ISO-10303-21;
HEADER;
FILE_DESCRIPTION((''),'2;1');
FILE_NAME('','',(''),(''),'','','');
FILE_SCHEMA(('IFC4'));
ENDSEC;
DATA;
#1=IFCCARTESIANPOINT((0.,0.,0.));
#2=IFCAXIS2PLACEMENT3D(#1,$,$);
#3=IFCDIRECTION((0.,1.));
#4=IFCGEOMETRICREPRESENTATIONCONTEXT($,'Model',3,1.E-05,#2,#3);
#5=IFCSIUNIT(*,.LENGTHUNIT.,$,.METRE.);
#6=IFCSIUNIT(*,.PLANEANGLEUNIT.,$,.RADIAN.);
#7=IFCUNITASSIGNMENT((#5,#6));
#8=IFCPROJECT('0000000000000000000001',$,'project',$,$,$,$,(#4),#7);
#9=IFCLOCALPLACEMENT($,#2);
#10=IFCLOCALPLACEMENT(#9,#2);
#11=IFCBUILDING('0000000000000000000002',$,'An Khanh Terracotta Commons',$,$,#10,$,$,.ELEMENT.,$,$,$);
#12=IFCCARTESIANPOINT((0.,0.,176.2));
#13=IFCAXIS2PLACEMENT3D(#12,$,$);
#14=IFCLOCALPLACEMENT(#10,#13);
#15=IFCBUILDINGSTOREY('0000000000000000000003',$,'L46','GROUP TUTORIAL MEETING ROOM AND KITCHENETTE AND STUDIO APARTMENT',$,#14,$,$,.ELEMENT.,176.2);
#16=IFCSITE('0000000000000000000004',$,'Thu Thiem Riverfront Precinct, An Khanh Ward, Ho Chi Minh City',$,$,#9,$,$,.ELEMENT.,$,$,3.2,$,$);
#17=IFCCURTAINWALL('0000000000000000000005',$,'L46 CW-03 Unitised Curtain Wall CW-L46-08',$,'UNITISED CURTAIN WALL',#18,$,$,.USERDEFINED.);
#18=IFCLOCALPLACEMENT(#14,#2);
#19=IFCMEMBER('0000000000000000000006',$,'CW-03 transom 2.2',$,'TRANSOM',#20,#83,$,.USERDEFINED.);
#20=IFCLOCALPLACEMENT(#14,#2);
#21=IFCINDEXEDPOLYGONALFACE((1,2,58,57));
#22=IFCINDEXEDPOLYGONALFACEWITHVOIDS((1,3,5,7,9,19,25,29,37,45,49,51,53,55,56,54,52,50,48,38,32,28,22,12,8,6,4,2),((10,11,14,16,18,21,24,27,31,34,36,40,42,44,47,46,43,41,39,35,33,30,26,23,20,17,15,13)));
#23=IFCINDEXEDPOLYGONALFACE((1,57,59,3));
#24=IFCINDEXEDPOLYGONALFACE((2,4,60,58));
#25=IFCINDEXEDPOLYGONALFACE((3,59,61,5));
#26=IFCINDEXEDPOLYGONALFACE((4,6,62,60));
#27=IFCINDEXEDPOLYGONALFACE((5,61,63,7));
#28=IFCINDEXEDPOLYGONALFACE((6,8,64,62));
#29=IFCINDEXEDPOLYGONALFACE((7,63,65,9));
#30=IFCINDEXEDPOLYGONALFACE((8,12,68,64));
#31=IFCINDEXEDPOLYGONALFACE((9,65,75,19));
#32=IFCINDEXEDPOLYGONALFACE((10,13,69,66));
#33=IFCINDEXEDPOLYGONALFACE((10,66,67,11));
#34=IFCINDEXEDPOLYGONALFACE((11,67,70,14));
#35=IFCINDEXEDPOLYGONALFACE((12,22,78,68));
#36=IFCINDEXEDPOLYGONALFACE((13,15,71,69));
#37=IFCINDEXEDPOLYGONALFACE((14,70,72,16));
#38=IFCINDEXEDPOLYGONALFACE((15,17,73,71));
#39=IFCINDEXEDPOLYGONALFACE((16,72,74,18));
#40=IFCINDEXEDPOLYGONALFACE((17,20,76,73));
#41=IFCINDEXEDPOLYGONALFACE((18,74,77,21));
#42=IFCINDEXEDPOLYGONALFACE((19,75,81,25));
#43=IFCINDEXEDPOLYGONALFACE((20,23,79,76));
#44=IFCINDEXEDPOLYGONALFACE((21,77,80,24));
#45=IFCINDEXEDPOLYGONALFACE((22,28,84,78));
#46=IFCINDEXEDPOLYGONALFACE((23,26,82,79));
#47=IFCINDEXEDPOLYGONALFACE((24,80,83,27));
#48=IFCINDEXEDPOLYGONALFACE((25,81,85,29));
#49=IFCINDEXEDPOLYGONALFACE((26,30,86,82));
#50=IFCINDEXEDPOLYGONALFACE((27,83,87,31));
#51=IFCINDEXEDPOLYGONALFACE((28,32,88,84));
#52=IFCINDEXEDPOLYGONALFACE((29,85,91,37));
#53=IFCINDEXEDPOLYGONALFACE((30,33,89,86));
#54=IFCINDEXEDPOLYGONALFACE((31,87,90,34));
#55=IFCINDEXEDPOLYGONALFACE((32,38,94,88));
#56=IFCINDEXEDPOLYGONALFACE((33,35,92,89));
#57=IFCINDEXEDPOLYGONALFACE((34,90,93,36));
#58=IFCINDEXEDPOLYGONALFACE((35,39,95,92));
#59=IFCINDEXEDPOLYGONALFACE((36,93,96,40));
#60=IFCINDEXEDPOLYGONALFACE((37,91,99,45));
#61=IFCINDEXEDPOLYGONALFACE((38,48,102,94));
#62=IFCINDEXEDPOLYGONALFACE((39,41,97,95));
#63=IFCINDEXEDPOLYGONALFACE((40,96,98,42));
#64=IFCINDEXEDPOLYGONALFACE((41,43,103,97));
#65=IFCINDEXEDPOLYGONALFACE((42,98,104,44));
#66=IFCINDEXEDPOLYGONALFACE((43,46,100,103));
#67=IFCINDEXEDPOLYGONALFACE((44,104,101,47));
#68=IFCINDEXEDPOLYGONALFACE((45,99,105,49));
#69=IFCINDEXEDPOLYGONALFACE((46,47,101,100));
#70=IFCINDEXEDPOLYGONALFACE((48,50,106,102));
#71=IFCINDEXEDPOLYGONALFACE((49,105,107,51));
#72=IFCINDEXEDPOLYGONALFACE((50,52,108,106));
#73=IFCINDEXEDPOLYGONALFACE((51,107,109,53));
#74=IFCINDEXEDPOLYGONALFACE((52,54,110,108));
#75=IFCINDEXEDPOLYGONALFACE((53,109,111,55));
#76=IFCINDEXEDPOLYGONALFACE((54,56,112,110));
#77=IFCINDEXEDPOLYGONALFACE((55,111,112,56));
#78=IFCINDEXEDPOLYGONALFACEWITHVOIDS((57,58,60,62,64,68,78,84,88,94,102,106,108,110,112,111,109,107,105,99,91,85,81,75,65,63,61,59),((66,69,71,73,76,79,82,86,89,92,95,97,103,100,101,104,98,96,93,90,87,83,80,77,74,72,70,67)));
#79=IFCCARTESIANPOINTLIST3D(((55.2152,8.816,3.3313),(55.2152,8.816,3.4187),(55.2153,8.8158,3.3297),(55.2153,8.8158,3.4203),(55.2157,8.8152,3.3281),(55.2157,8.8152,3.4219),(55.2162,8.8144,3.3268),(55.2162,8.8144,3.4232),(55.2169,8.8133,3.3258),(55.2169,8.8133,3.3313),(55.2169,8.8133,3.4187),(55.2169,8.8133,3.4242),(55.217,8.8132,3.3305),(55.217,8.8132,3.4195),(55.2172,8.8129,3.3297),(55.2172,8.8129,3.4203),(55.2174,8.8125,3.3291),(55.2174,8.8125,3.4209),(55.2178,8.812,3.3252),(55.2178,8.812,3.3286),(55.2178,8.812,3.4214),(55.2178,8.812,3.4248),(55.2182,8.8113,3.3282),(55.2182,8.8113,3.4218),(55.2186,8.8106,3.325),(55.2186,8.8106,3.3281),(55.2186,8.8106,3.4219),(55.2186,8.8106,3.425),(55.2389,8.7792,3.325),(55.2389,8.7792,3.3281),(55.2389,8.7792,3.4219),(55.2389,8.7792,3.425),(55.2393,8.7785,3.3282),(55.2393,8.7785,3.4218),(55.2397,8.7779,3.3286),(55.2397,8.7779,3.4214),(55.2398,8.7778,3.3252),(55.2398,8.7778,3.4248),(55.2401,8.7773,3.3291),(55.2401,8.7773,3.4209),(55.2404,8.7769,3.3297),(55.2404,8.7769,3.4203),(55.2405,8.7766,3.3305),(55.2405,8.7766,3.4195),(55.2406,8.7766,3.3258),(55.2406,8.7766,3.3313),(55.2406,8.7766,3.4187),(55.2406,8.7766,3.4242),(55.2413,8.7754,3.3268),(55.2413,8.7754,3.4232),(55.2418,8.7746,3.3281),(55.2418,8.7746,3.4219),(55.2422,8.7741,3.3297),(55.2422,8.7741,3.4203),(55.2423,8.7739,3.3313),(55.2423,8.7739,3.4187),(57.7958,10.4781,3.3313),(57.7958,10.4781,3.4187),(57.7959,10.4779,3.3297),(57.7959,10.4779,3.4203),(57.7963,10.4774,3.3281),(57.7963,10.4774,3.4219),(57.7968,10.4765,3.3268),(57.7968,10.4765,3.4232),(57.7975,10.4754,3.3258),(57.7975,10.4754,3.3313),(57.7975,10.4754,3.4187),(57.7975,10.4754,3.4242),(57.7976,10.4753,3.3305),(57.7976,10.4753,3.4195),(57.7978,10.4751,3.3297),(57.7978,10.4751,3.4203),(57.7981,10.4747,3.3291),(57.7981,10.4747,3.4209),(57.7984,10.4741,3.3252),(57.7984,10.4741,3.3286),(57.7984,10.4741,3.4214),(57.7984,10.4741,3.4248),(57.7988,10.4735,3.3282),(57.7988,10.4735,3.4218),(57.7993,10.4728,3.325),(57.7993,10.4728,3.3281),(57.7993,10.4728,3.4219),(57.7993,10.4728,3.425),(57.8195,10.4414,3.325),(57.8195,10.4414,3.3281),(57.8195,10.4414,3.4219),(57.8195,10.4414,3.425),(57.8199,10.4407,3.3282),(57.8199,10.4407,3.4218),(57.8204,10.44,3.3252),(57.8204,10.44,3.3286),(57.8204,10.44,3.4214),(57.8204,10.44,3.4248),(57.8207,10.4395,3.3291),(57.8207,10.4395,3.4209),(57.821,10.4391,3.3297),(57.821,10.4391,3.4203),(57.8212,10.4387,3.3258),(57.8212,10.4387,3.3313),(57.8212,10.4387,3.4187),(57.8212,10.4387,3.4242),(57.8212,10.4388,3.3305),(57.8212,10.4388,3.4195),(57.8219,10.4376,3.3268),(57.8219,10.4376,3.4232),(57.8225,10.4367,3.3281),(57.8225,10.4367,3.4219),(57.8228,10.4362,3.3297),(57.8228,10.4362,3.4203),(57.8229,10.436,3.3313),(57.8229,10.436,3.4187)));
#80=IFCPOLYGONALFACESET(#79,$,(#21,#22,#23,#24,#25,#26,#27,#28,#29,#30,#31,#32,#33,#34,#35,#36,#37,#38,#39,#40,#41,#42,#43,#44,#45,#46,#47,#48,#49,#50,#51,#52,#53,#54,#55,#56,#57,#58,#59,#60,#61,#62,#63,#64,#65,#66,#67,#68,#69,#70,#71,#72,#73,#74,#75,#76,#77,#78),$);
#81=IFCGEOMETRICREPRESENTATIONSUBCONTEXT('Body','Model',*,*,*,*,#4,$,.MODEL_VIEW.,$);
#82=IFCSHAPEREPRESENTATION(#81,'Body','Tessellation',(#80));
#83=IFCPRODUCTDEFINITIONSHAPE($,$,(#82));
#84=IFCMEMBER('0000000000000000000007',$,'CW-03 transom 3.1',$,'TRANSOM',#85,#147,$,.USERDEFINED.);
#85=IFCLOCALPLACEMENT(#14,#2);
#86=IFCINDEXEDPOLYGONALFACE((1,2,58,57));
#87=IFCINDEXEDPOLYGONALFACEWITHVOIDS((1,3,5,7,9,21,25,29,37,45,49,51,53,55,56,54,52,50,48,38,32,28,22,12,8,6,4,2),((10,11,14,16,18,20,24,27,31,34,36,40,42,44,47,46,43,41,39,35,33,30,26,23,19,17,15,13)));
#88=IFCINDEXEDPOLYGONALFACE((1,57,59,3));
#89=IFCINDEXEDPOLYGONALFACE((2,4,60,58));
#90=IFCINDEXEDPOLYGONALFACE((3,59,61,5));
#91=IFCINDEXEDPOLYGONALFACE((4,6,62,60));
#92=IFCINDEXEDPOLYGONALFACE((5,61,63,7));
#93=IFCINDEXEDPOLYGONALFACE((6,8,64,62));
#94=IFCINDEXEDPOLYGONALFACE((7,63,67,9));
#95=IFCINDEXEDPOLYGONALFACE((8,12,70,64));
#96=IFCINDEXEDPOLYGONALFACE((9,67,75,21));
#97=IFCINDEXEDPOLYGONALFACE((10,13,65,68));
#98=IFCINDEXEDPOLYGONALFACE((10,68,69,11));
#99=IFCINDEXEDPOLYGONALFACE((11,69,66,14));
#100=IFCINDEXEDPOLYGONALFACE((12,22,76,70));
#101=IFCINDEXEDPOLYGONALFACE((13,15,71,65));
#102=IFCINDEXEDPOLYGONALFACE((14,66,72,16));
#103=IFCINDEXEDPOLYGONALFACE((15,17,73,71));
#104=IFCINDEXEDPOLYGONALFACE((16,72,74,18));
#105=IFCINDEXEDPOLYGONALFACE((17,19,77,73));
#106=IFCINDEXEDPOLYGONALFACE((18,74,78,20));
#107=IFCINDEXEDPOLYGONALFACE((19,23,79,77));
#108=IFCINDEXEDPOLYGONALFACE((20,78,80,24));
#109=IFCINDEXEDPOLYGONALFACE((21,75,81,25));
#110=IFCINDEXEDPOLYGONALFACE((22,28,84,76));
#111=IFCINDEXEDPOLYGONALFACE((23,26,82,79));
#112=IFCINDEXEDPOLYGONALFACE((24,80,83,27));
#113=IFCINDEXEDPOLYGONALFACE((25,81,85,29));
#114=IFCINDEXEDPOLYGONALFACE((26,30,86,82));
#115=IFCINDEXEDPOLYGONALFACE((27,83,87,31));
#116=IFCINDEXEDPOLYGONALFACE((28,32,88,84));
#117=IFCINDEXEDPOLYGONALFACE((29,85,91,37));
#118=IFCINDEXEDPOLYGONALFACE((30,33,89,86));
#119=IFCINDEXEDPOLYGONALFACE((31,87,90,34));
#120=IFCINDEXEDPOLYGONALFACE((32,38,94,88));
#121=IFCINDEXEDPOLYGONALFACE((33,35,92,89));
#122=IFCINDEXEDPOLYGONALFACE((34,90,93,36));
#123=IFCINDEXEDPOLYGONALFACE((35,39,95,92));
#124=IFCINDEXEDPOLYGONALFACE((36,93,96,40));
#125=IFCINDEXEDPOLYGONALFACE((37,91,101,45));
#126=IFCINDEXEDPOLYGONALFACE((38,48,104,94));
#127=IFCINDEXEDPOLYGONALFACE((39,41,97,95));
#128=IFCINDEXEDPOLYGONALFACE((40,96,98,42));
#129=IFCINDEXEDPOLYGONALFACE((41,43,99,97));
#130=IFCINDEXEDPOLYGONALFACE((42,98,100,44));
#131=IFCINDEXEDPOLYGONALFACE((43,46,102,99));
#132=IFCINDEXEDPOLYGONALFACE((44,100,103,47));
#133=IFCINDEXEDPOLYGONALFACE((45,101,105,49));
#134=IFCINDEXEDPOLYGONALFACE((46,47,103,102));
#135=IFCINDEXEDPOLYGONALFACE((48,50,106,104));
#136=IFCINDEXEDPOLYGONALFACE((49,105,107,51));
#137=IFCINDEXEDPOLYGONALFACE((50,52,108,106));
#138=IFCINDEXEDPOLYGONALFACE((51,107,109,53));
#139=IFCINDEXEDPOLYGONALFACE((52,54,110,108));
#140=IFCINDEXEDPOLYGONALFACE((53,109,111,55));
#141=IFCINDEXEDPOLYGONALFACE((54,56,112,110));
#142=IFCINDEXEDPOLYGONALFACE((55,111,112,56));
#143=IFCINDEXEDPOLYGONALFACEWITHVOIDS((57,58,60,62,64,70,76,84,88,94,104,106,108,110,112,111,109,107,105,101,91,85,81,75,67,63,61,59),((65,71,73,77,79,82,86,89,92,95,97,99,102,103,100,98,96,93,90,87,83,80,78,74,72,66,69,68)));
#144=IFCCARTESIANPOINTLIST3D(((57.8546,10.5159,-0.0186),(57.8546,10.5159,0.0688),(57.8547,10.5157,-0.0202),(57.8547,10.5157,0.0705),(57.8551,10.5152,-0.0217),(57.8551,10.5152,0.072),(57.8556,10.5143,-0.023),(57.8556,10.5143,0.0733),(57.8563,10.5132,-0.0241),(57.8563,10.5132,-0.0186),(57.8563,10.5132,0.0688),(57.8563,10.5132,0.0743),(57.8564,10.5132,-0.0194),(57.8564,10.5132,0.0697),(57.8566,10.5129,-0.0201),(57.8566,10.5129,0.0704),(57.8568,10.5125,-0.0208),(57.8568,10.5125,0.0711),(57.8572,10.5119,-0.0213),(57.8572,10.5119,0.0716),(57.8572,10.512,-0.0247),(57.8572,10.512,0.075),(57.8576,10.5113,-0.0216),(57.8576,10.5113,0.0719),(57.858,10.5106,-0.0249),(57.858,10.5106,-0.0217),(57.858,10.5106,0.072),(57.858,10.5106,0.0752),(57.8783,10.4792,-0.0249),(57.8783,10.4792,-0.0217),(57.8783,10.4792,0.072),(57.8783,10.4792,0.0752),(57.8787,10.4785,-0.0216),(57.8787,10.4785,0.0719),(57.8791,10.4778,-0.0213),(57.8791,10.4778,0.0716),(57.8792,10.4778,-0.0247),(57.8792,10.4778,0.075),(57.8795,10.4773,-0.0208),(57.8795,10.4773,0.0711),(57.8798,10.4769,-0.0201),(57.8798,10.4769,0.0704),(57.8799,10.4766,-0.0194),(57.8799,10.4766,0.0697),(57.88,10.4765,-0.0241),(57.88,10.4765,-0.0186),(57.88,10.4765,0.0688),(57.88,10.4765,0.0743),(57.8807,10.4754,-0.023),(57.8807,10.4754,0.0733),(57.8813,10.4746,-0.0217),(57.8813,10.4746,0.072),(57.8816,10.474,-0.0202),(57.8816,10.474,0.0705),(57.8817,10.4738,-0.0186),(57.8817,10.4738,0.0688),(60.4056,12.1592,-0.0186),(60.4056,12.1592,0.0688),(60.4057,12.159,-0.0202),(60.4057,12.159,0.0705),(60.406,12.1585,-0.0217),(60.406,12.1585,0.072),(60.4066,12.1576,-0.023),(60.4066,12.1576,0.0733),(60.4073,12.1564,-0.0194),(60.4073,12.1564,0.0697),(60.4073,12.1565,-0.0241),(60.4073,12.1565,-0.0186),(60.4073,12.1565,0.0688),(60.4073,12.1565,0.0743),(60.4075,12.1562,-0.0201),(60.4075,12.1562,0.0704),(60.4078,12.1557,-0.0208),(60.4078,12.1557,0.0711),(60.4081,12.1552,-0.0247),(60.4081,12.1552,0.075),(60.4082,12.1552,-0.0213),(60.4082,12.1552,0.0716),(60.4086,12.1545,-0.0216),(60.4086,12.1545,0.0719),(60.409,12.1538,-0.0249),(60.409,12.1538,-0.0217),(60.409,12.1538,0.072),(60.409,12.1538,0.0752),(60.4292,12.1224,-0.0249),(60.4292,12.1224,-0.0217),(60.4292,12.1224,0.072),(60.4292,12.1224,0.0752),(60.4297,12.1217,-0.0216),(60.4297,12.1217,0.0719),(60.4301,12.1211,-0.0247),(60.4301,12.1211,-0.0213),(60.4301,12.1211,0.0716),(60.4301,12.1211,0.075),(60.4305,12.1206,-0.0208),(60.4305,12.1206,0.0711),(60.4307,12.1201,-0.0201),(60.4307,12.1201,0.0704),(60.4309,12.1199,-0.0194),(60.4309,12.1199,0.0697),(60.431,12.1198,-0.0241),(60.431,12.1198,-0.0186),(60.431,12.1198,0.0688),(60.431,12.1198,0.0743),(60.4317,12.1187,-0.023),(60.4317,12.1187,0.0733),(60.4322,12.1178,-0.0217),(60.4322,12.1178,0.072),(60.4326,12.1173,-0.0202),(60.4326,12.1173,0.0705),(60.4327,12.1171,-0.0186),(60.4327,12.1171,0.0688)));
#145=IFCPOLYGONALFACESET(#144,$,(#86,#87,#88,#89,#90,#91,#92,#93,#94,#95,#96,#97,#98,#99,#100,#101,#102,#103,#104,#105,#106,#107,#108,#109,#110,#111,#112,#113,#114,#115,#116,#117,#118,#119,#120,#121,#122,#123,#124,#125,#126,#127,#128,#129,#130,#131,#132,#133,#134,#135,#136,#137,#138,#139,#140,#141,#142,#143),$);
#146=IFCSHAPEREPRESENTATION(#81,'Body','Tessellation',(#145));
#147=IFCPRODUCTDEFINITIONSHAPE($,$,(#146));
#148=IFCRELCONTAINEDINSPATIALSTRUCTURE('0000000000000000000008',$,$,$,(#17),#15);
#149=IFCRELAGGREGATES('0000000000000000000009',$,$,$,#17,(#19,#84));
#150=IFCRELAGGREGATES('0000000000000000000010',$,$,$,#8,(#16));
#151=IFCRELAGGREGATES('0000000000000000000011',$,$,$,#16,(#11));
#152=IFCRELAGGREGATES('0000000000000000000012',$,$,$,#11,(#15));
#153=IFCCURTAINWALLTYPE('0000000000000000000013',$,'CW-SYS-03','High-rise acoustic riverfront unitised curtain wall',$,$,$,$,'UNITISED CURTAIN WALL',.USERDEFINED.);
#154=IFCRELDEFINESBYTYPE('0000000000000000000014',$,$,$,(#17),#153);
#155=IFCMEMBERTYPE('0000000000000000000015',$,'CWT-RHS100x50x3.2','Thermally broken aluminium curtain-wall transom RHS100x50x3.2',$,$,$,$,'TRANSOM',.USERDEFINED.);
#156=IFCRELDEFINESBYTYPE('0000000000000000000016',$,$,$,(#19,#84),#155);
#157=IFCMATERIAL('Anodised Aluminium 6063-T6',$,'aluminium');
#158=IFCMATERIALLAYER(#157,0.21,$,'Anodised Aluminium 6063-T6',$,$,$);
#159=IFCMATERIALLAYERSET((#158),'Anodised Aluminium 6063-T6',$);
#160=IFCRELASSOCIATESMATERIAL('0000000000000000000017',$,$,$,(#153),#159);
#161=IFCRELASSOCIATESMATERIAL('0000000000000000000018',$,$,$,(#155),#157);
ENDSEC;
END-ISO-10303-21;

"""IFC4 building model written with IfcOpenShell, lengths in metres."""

from ifc_helpers import new_model, si_unit, direction, frame, origin, origin_2d, place, context, subcontext, project, spatial, hollow_rectangle, extrude, material, layer, layer_set, material_profile, profile_set, type_object, element, aggregate, save


model = new_model("IFC4")

# Units and contexts
model_context = context("Model", 3, precision=1e-05, world=origin(), true_north=direction((0.0, 1.0)))
body_context = subcontext(model_context, "Body", "Model", "MODEL_VIEW")
ifc_project = project(units=[si_unit("LENGTHUNIT", "METRE"), si_unit("PLANEANGLEUNIT", "RADIAN")], contexts=[model_context])

# Site, building, storey
site_placement = place(None, origin())
site = spatial("IfcSite", under=ifc_project, at=site_placement, Name="Thu Thiem Riverfront Precinct, An Khanh Ward, Ho Chi Minh City", CompositionType="ELEMENT", RefElevation=3.2)
building_placement = place(site_placement, origin())
building = spatial("IfcBuilding", under=site, at=building_placement, Name="An Khanh Terracotta Commons", CompositionType="ELEMENT")
storey_placement = place(building_placement, frame((0.0, 0.0, 176.2)))
storey = spatial("IfcBuildingStorey", under=building, at=storey_placement, Name="L46", Description="GROUP TUTORIAL MEETING ROOM AND KITCHENETTE AND STUDIO APARTMENT", CompositionType="ELEMENT", Elevation=176.2)

# Curtain wall
ifc_material_1 = material(Name="Anodised Aluminium 6063-T6", Category="aluminium")
ifc_layer_1 = layer(ifc_material_1, 0.21, Name="Anodised Aluminium 6063-T6")
ifc_layer_set_1 = layer_set([ifc_layer_1], Name="Anodised Aluminium 6063-T6")
curtain_wall_type = type_object("IfcCurtainWallType", Name="CW-SYS-03", Description="High-rise acoustic riverfront unitised curtain wall", ElementType="UNITISED CURTAIN WALL", PredefinedType="USERDEFINED", material=ifc_layer_set_1)
curtain_wall_1_placement = place(storey_placement, origin())
curtain_wall_1 = element("IfcCurtainWall", 1, at=curtain_wall_1_placement, inside=storey, type_object=curtain_wall_type, Name="L46 CW-03 Unitised Curtain Wall CW-L46-08", ObjectType="UNITISED CURTAIN WALL", PredefinedType="USERDEFINED")

# Members
ifc_material_profile_1 = material_profile(ifc_material_1, hollow_rectangle(XDim=0.05, YDim=0.1001, WallThickness=0.0032, InnerFilletRadius=0.0032, OuterFilletRadius=0.0063, at=origin_2d()), Name="RHS100x50x3.2")
ifc_profile_set_1 = profile_set([ifc_material_profile_1], Name="Anodised Aluminium 6063-T6")
member_type_1 = type_object("IfcMemberType", Name="CWT-RHS100x50x3.2", Description="Thermally broken aluminium curtain-wall transom RHS100x50x3.2", ElementType="TRANSOM", PredefinedType="USERDEFINED", material=ifc_profile_set_1)
member_1_placement = place(storey_placement, frame((55.2288, 8.7949, 3.375), z_axis=(0.840708, 0.541489, 0.0), x_axis=(-0.541489, 0.840708, 0.0)))
member_1 = element("IfcMember", 2, at=member_1_placement, type_object=member_type_1, Name="CW-03 transom 2.2", ObjectType="TRANSOM", PredefinedType="USERDEFINED", context=body_context, shape_type="SweptSolid", body=[
    extrude(hollow_rectangle(XDim=0.05, YDim=0.1001, WallThickness=0.0032, InnerFilletRadius=0.0032, OuterFilletRadius=0.0063, at=origin_2d()), origin(), (0.0, 0.0, 1.0), 3.0696),
])
member_2_placement = place(storey_placement, frame((57.8682, 10.4949, 0.0251), z_axis=(0.840674, 0.541542, 0.0), x_axis=(-0.541542, 0.840674, 0.0)))
member_2 = element("IfcMember", 3, at=member_2_placement, type_object=member_type_1, Name="CW-03 transom 3.1", ObjectType="TRANSOM", PredefinedType="USERDEFINED", context=body_context, shape_type="SweptSolid", body=[
    extrude(hollow_rectangle(XDim=0.05, YDim=0.1001, WallThickness=0.0032, InnerFilletRadius=0.0032, OuterFilletRadius=0.0063, at=origin_2d()), origin(), (0.0, 0.0, 1.0), 3.0344),
])

aggregate(curtain_wall_1, [member_1, member_2])

save(model, "model.ifc")
